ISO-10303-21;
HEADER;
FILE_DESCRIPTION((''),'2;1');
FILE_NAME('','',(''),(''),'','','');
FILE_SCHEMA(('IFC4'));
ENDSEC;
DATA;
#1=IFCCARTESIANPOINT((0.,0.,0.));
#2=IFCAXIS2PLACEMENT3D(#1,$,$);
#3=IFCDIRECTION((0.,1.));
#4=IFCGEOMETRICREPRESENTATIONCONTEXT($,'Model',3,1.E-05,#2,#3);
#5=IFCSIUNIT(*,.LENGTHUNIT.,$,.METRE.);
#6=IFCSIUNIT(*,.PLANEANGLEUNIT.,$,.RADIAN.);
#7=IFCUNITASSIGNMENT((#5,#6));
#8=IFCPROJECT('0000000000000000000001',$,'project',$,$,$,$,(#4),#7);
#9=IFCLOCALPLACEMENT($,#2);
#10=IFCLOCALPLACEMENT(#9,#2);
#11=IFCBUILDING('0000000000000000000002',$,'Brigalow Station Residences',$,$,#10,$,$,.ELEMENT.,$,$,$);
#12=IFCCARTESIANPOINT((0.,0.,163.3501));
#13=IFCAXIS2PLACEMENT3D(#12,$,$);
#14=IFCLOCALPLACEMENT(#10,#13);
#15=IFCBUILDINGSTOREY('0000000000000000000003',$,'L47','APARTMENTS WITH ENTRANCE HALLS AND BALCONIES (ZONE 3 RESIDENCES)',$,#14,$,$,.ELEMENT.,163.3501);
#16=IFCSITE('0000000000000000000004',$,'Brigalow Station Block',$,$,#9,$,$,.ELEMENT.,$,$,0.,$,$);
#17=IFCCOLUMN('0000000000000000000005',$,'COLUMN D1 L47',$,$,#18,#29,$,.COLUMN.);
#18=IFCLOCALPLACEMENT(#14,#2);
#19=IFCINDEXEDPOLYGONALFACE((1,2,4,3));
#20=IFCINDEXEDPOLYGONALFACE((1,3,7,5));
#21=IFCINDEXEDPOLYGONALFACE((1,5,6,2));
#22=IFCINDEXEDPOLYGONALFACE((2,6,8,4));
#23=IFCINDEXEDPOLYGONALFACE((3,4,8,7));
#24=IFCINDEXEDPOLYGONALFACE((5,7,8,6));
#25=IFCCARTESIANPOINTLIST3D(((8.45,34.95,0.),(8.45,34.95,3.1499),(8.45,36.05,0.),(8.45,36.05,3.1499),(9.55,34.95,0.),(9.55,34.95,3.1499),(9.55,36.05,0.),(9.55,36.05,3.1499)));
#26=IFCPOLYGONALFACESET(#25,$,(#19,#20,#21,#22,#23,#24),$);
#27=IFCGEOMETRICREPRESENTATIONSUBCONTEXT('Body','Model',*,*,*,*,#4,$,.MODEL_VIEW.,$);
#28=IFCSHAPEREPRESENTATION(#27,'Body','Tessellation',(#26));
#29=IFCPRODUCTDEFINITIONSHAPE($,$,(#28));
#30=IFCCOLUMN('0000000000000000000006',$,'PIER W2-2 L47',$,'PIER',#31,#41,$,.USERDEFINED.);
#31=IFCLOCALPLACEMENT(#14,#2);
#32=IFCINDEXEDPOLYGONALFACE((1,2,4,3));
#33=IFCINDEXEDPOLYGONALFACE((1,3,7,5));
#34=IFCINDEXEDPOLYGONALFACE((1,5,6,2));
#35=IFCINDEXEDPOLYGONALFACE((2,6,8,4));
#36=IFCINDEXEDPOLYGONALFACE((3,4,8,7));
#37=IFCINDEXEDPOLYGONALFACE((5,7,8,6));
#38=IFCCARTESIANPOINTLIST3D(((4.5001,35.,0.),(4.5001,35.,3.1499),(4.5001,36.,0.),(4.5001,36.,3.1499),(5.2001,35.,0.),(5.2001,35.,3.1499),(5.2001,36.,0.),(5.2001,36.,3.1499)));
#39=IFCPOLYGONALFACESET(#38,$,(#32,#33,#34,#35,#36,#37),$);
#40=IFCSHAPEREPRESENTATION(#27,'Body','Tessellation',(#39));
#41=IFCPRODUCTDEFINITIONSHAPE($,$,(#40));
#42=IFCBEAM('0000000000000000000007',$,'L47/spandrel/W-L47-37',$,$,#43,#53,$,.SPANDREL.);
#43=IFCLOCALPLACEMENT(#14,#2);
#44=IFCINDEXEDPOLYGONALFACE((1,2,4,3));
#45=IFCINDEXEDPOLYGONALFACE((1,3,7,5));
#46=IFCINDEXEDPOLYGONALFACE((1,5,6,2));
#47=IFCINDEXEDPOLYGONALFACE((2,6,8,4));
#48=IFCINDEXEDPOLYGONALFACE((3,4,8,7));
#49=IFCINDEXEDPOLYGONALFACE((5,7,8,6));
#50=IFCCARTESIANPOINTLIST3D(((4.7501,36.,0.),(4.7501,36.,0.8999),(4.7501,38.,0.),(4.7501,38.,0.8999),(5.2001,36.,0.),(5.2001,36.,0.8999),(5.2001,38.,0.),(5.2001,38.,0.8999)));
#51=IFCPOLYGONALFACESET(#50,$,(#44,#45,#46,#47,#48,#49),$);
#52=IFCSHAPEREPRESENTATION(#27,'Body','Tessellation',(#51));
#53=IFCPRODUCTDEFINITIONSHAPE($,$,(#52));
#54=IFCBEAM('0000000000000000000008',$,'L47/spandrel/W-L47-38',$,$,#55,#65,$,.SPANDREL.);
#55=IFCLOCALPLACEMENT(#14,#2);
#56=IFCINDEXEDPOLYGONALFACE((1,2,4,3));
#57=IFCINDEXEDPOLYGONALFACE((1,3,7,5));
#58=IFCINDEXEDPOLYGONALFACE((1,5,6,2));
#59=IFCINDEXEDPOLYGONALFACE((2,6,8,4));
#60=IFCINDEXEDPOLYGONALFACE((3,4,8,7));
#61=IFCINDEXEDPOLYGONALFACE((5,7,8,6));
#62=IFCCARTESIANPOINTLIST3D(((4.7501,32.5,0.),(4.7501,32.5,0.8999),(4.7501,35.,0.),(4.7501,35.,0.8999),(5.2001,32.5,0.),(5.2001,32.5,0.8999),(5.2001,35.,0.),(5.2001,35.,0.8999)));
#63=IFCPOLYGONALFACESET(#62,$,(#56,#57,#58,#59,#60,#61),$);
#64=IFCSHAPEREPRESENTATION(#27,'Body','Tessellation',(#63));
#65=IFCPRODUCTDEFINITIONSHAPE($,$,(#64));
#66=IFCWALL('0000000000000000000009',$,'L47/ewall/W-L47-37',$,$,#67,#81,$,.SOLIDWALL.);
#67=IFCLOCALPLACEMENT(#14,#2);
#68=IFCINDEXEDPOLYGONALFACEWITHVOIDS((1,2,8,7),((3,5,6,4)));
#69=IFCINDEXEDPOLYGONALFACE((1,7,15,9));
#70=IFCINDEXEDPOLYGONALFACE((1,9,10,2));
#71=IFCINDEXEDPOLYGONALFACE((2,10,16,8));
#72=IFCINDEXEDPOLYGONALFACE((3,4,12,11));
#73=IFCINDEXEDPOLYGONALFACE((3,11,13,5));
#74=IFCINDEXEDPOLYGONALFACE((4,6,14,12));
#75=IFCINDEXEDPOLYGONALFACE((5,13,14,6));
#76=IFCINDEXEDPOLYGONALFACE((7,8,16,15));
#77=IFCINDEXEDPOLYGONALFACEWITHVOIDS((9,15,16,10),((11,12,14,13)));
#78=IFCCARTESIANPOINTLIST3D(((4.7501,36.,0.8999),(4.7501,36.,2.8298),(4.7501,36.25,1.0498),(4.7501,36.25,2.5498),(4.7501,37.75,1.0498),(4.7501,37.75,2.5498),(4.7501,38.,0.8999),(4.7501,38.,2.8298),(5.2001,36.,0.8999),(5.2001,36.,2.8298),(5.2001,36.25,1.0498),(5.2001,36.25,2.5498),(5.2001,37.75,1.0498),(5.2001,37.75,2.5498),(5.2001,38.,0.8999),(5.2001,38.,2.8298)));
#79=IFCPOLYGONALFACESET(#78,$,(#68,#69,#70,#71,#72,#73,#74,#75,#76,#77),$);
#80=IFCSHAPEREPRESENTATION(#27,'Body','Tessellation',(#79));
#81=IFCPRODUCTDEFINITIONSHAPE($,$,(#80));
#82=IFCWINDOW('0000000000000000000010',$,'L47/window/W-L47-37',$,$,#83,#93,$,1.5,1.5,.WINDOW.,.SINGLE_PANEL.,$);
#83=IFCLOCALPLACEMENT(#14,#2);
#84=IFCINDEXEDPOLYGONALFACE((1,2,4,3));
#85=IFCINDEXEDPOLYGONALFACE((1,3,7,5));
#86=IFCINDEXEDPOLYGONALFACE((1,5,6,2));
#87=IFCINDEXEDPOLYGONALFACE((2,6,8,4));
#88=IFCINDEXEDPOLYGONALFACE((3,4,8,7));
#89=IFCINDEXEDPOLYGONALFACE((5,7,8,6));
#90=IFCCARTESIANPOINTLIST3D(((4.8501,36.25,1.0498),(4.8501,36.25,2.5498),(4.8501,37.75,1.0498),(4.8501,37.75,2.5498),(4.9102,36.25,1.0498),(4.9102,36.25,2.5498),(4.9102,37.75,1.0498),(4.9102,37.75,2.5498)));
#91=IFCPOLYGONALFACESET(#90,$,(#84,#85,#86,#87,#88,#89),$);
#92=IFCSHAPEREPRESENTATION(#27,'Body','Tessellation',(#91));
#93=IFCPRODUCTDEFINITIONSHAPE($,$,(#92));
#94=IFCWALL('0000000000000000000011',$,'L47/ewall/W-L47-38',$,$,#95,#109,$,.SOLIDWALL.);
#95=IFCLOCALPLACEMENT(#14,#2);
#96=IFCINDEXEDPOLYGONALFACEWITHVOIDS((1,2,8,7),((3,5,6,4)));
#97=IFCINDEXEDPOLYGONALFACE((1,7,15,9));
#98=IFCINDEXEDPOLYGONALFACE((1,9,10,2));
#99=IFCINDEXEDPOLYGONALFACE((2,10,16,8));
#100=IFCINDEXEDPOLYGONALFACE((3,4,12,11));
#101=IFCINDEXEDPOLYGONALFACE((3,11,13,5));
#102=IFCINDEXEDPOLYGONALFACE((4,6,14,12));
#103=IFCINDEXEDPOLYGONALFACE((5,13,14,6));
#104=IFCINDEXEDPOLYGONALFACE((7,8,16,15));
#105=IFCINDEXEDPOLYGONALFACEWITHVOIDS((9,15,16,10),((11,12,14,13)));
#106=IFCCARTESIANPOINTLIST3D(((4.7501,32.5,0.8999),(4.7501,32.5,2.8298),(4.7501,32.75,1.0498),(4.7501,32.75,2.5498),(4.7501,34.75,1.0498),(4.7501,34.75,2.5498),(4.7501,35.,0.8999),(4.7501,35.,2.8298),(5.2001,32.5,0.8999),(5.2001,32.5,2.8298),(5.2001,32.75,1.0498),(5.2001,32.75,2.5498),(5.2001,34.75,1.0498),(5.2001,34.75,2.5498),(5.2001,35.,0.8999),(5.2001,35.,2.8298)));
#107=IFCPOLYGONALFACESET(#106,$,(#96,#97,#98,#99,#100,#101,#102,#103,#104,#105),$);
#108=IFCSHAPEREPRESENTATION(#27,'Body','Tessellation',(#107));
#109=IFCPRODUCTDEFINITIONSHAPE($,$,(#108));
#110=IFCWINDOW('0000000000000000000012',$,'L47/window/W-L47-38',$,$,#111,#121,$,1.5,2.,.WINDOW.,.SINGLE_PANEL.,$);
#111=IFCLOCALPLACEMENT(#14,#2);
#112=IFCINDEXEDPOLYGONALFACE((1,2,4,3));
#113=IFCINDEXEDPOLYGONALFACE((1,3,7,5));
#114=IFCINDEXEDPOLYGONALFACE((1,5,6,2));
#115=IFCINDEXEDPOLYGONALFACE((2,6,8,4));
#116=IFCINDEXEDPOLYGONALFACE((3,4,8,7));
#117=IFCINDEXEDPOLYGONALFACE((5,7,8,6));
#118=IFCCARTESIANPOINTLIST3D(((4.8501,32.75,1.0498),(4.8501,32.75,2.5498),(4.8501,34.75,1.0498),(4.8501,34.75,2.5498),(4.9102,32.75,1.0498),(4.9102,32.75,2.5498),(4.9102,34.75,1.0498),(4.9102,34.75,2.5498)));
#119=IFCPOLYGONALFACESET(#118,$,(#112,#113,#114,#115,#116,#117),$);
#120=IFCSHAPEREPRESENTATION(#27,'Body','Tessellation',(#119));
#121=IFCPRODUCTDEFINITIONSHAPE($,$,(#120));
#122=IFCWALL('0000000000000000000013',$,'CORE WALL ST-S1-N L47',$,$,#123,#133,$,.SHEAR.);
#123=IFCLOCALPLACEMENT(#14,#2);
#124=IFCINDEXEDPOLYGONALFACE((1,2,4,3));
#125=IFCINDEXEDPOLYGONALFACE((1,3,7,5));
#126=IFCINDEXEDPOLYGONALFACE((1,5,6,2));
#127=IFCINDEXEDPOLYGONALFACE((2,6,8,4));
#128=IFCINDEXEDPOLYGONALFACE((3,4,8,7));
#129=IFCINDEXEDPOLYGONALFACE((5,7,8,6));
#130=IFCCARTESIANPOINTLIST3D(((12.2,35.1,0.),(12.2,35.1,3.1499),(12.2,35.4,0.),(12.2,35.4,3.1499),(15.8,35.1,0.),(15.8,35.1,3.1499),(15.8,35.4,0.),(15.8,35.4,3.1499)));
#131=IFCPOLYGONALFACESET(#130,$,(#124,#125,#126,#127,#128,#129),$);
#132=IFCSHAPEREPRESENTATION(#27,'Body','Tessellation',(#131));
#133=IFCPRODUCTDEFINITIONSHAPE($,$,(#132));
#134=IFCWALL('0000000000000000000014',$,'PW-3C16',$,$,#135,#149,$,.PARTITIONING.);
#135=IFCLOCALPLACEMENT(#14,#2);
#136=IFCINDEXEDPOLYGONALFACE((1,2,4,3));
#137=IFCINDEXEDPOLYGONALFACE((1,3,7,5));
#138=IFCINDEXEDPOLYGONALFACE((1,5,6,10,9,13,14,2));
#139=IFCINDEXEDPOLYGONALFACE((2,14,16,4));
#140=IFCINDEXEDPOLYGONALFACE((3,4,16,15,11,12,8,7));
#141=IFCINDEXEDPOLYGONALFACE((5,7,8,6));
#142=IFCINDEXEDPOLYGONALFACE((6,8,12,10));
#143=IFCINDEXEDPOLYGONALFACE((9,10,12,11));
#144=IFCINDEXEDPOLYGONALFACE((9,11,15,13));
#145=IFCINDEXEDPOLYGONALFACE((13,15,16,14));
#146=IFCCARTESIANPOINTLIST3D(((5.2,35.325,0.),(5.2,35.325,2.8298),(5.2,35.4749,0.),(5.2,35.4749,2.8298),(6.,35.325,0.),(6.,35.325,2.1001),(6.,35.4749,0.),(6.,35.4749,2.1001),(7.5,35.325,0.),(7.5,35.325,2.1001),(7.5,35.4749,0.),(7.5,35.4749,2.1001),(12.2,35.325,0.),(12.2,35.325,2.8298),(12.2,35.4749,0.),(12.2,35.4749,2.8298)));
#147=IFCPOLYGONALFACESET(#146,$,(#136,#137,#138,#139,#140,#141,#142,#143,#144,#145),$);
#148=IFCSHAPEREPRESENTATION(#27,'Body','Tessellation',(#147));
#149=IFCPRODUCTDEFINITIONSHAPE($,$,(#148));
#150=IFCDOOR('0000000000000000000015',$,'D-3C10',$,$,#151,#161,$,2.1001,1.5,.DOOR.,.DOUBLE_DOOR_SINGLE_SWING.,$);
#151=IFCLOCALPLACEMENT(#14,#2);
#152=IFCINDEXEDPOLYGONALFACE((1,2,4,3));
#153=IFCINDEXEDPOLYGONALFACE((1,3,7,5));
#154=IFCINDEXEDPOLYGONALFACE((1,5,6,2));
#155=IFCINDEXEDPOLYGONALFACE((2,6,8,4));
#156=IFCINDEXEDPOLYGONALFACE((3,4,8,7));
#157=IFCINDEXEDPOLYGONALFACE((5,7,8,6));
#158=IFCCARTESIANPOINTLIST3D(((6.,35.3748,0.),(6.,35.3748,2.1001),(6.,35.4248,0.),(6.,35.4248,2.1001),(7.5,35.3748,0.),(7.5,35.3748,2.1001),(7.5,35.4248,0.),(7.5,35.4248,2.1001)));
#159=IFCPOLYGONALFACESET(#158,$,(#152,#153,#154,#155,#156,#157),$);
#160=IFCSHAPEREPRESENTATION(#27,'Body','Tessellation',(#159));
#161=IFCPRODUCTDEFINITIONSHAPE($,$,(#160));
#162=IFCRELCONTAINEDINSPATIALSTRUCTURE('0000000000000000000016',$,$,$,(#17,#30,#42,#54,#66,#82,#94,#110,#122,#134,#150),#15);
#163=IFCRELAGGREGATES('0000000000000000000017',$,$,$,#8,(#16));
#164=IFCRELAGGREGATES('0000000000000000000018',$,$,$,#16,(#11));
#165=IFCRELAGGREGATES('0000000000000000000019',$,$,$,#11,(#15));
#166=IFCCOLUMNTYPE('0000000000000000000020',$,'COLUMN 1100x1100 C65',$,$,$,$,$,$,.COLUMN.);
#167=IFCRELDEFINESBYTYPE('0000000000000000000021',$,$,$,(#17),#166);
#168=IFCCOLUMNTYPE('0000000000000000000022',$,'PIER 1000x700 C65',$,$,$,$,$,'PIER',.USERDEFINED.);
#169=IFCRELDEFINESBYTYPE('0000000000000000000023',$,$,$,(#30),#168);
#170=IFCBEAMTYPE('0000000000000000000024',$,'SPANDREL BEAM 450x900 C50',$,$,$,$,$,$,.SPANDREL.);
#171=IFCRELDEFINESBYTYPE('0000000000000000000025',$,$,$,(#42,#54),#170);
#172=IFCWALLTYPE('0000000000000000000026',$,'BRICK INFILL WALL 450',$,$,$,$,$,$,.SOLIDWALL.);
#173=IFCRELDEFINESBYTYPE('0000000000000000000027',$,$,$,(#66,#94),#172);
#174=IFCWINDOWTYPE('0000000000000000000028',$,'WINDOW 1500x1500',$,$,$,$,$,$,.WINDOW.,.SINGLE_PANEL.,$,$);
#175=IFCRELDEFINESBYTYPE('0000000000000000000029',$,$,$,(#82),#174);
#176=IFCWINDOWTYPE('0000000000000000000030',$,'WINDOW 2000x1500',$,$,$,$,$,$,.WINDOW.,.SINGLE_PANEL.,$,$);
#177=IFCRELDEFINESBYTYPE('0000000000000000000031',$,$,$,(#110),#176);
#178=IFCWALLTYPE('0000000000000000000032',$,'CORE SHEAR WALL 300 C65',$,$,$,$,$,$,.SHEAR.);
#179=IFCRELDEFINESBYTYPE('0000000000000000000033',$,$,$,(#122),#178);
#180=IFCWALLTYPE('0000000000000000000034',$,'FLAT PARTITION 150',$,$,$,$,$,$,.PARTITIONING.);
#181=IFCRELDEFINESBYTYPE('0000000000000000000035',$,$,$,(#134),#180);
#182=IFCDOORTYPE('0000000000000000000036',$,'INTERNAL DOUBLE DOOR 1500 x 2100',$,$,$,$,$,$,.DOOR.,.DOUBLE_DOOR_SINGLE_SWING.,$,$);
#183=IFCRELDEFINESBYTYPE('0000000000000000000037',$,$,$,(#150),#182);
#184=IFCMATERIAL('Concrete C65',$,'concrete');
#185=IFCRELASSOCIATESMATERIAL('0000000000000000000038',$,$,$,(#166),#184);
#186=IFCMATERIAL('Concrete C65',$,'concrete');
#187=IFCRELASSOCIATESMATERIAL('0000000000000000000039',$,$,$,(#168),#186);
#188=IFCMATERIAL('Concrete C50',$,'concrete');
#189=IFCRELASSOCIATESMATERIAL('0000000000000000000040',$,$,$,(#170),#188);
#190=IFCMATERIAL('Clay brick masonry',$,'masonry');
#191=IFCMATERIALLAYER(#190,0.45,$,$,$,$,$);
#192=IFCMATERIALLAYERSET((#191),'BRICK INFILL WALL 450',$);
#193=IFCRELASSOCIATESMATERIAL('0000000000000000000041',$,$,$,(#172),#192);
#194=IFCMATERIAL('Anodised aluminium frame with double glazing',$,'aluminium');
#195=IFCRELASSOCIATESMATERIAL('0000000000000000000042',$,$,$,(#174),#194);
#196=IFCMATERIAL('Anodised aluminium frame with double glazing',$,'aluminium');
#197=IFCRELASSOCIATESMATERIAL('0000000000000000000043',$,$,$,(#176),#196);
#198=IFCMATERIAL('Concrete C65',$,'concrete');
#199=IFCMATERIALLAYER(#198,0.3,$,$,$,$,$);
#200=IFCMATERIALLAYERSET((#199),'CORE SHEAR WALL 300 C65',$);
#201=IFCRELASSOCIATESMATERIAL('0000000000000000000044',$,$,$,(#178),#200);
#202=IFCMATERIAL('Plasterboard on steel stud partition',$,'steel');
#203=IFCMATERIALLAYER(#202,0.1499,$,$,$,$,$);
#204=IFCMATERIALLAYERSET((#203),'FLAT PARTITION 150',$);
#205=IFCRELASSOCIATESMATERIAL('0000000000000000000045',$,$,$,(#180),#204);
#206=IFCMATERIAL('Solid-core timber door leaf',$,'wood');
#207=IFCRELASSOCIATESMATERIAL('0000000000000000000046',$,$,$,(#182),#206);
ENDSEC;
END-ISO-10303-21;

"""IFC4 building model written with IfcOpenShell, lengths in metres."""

from ifc_helpers import new_model, si_unit, direction, frame, frame_2d, origin, origin_2d, place, context, subcontext, project, spatial, rectangle, extrude, material, layer, layer_set, material_profile, profile_set, type_object, element, fill, save


model = new_model("IFC4")

# Units and contexts
model_context = context("Model", 3, precision=1e-05, world=origin(), true_north=direction((0.0, 1.0)))
body_context = subcontext(model_context, "Body", "Model", "MODEL_VIEW")
ifc_project = project(units=[si_unit("LENGTHUNIT", "METRE"), si_unit("PLANEANGLEUNIT", "RADIAN")], contexts=[model_context])

# Site, building, storey
site_placement = place(None, origin())
site = spatial("IfcSite", under=ifc_project, at=site_placement, Name="Brigalow Station Block", CompositionType="ELEMENT", RefElevation=0.0)
building_placement = place(site_placement, origin())
building = spatial("IfcBuilding", under=site, at=building_placement, Name="Brigalow Station Residences", CompositionType="ELEMENT")
storey_placement = place(building_placement, frame((0.0, 0.0, 163.3501)))
storey = spatial("IfcBuildingStorey", under=building, at=storey_placement, Name="L47", Description="APARTMENTS WITH ENTRANCE HALLS AND BALCONIES (ZONE 3 RESIDENCES)", CompositionType="ELEMENT", Elevation=163.3501)

# Columns
ifc_material_1 = material(Name="Concrete C65", Category="concrete")
ifc_material_profile_1 = material_profile(ifc_material_1, rectangle(XDim=1.1001, YDim=1.1001, at=origin_2d()), Name="RC1100x1100")
ifc_profile_set_1 = profile_set([ifc_material_profile_1], Name="Concrete C65")
column_type_1 = type_object("IfcColumnType", Name="COLUMN 1100x1100 C65", PredefinedType="COLUMN", material=ifc_profile_set_1)
column_1_placement = place(storey_placement, frame((9.0, 35.5, 0.0), z_axis=(0.0, 0.0, 1.0), x_axis=(1.0, 0.0, 0.0)))
element("IfcColumn", 1, at=column_1_placement, inside=storey, type_object=column_type_1, Name="COLUMN D1 L47", PredefinedType="COLUMN", context=body_context, shape_type="SweptSolid", body=[
    extrude(rectangle(XDim=1.1001, YDim=1.1001, at=origin_2d()), origin(), (0.0, 0.0, 1.0), 3.1499),
])
ifc_material_2 = material(Name="Concrete C65", Category="concrete")
ifc_material_profile_2 = material_profile(ifc_material_2, rectangle(XDim=1.0, YDim=0.7, at=origin_2d()), Name="RC1000x700")
ifc_profile_set_2 = profile_set([ifc_material_profile_2], Name="Concrete C65")
column_type_2 = type_object("IfcColumnType", Name="PIER 1000x700 C65", ElementType="PIER", PredefinedType="USERDEFINED", material=ifc_profile_set_2)
column_2_placement = place(storey_placement, frame((4.8501, 35.5, 0.0), z_axis=(0.0, 0.0, 1.0), x_axis=(0.0, -1.0, 0.0)))
element("IfcColumn", 2, at=column_2_placement, inside=storey, type_object=column_type_2, Name="PIER W2-2 L47", ObjectType="PIER", PredefinedType="USERDEFINED", context=body_context, shape_type="SweptSolid", body=[
    extrude(rectangle(XDim=1.0, YDim=0.7, at=origin_2d()), origin(), (0.0, 0.0, 1.0), 3.1499),
])

# Beams
ifc_material_3 = material(Name="Concrete C50", Category="concrete")
ifc_material_profile_3 = material_profile(ifc_material_3, rectangle(XDim=0.45, YDim=0.8999, at=origin_2d()), Name="RC450x900")
ifc_profile_set_3 = profile_set([ifc_material_profile_3], Name="Concrete C50")
beam_type = type_object("IfcBeamType", Name="SPANDREL BEAM 450x900 C50", PredefinedType="SPANDREL", material=ifc_profile_set_3)
beam_1_placement = place(storey_placement, frame((4.9751, 38.0, 0.45), z_axis=(0.0, -1.0, 0.0), x_axis=(1.0, 0.0, 0.0)))
element("IfcBeam", 3, at=beam_1_placement, inside=storey, type_object=beam_type, Name="L47/spandrel/W-L47-37", PredefinedType="SPANDREL", context=body_context, shape_type="SweptSolid", body=[
    extrude(rectangle(XDim=0.45, YDim=0.8999, at=origin_2d()), origin(), (0.0, 0.0, 1.0), 2.0),
])
beam_2_placement = place(storey_placement, frame((4.9751, 35.0, 0.45), z_axis=(0.0, -1.0, 0.0), x_axis=(1.0, 0.0, 0.0)))
element("IfcBeam", 4, at=beam_2_placement, inside=storey, type_object=beam_type, Name="L47/spandrel/W-L47-38", PredefinedType="SPANDREL", context=body_context, shape_type="SweptSolid", body=[
    extrude(rectangle(XDim=0.45, YDim=0.8999, at=origin_2d()), origin(), (0.0, 0.0, 1.0), 2.5),
])

# Walls, openings, windows
ifc_material_4 = material(Name="Clay brick masonry", Category="masonry")
ifc_layer_1 = layer(ifc_material_4, 0.45)
ifc_layer_set_1 = layer_set([ifc_layer_1], Name="BRICK INFILL WALL 450")
wall_type_1 = type_object("IfcWallType", Name="BRICK INFILL WALL 450", PredefinedType="SOLIDWALL", material=ifc_layer_set_1)
wall_1_placement = place(storey_placement, frame((4.9751, 38.0, 0.8999), z_axis=(0.0, 0.0, 1.0), x_axis=(0.0, -1.0, 0.0)))
wall_1 = element("IfcWall", 5, at=wall_1_placement, inside=storey, type_object=wall_type_1, Name="L47/ewall/W-L47-37", PredefinedType="SOLIDWALL", context=body_context, shape_type="SweptSolid", body=[
    extrude(rectangle(XDim=2.0, YDim=0.45, at=frame_2d((1.0, 0.0))), origin(), (0.0, 0.0, 1.0), 1.9299),
])
opening_1_placement = place(wall_1_placement, frame((0.25, 0.0, 0.1499)))
opening_1 = element("IfcOpeningElement", 6, at=opening_1_placement, cuts=wall_1, PredefinedType="OPENING", context=body_context, shape_type="SweptSolid", body=[
    extrude(rectangle(XDim=1.5, YDim=1.5, at=frame_2d((0.75, 0.75))), frame((0.0, 0.2349, 0.0), z_axis=(0.0, -1.0, 0.0), x_axis=(1.0, 0.0, 0.0)), (0.0, 0.0, 1.0), 0.47),
])
ifc_material_5 = material(Name="Anodised aluminium frame with double glazing", Category="aluminium")
window_type_1 = type_object("IfcWindowType", Name="WINDOW 1500x1500", PartitioningType="SINGLE_PANEL", PredefinedType="WINDOW", material=ifc_material_5)
window_1_placement = place(opening_1_placement, origin())
window_1 = element("IfcWindow", 7, at=window_1_placement, inside=storey, type_object=window_type_1, Name="L47/window/W-L47-37", OverallHeight=1.5, OverallWidth=1.5, PartitioningType="SINGLE_PANEL", PredefinedType="WINDOW", context=body_context, shape_type="SweptSolid", body=[
    extrude(rectangle(XDim=1.5, YDim=1.5, at=frame_2d((0.75, 0.75))), frame((0.0, -0.0649, 0.0), z_axis=(0.0, -1.0, 0.0), x_axis=(1.0, 0.0, 0.0)), (0.0, 0.0, 1.0), 0.0601),
])
fill(opening_1, window_1)
wall_2_placement = place(storey_placement, frame((4.9751, 35.0, 0.8999), z_axis=(0.0, 0.0, 1.0), x_axis=(0.0, -1.0, 0.0)))
wall_2 = element("IfcWall", 8, at=wall_2_placement, inside=storey, type_object=wall_type_1, Name="L47/ewall/W-L47-38", PredefinedType="SOLIDWALL", context=body_context, shape_type="SweptSolid", body=[
    extrude(rectangle(XDim=2.5, YDim=0.45, at=frame_2d((1.25, 0.0))), origin(), (0.0, 0.0, 1.0), 1.9299),
])
opening_2_placement = place(wall_2_placement, frame((0.25, 0.0, 0.1499)))
opening_2 = element("IfcOpeningElement", 9, at=opening_2_placement, cuts=wall_2, PredefinedType="OPENING", context=body_context, shape_type="SweptSolid", body=[
    extrude(rectangle(XDim=2.0, YDim=1.5, at=frame_2d((1.0, 0.75))), frame((0.0, 0.2349, 0.0), z_axis=(0.0, -1.0, 0.0), x_axis=(1.0, 0.0, 0.0)), (0.0, 0.0, 1.0), 0.47),
])
ifc_material_6 = material(Name="Anodised aluminium frame with double glazing", Category="aluminium")
window_type_2 = type_object("IfcWindowType", Name="WINDOW 2000x1500", PartitioningType="SINGLE_PANEL", PredefinedType="WINDOW", material=ifc_material_6)
window_2_placement = place(opening_2_placement, origin())
window_2 = element("IfcWindow", 10, at=window_2_placement, inside=storey, type_object=window_type_2, Name="L47/window/W-L47-38", OverallHeight=1.5, OverallWidth=2.0, PartitioningType="SINGLE_PANEL", PredefinedType="WINDOW", context=body_context, shape_type="SweptSolid", body=[
    extrude(rectangle(XDim=2.0, YDim=1.5, at=frame_2d((1.0, 0.75))), frame((0.0, -0.0649, 0.0), z_axis=(0.0, -1.0, 0.0), x_axis=(1.0, 0.0, 0.0)), (0.0, 0.0, 1.0), 0.0601),
])
fill(opening_2, window_2)

# Wall
ifc_material_7 = material(Name="Concrete C65", Category="concrete")
ifc_layer_2 = layer(ifc_material_7, 0.3)
ifc_layer_set_2 = layer_set([ifc_layer_2], Name="CORE SHEAR WALL 300 C65")
wall_type_2 = type_object("IfcWallType", Name="CORE SHEAR WALL 300 C65", PredefinedType="SHEAR", material=ifc_layer_set_2)
wall_3_placement = place(storey_placement, frame((12.2, 35.25, 0.0), z_axis=(0.0, 0.0, 1.0), x_axis=(1.0, 0.0, 0.0)))
element("IfcWall", 11, at=wall_3_placement, inside=storey, type_object=wall_type_2, Name="CORE WALL ST-S1-N L47", PredefinedType="SHEAR", context=body_context, shape_type="SweptSolid", body=[
    extrude(rectangle(XDim=3.6001, YDim=0.3, at=frame_2d((1.8, 0.0))), origin(), (0.0, 0.0, 1.0), 3.1499),
])

# Wall, opening, door
ifc_material_8 = material(Name="Plasterboard on steel stud partition", Category="steel")
ifc_layer_3 = layer(ifc_material_8, 0.1499)
ifc_layer_set_3 = layer_set([ifc_layer_3], Name="FLAT PARTITION 150")
wall_type_3 = type_object("IfcWallType", Name="FLAT PARTITION 150", PredefinedType="PARTITIONING", material=ifc_layer_set_3)
wall_4_placement = place(storey_placement, frame((5.2, 35.3999, 0.0), z_axis=(0.0, 0.0, 1.0), x_axis=(1.0, 0.0, 0.0)))
wall_4 = element("IfcWall", 12, at=wall_4_placement, inside=storey, type_object=wall_type_3, Name="PW-3C16", PredefinedType="PARTITIONING", context=body_context, shape_type="SweptSolid", body=[
    extrude(rectangle(XDim=7.0, YDim=0.1499, at=frame_2d((3.5, 0.0))), origin(), (0.0, 0.0, 1.0), 2.8298),
])
opening_3_placement = place(wall_4_placement, frame((0.8, 0.0, 0.0)))
opening_3 = element("IfcOpeningElement", 13, at=opening_3_placement, cuts=wall_4, PredefinedType="OPENING", context=body_context, shape_type="SweptSolid", body=[
    extrude(rectangle(XDim=1.5, YDim=2.1001, at=frame_2d((0.75, 1.05))), frame((0.0, 0.085, 0.0), z_axis=(0.0, -1.0, 0.0), x_axis=(1.0, 0.0, 0.0)), (0.0, 0.0, 1.0), 0.1699),
])
ifc_material_9 = material(Name="Solid-core timber door leaf", Category="wood")
door_type = type_object("IfcDoorType", Name="INTERNAL DOUBLE DOOR 1500 x 2100", OperationType="DOUBLE_DOOR_SINGLE_SWING", PredefinedType="DOOR", material=ifc_material_9)
door_1_placement = place(opening_3_placement, origin())
door_1 = element("IfcDoor", 14, at=door_1_placement, inside=storey, type_object=door_type, Name="D-3C10", OperationType="DOUBLE_DOOR_SINGLE_SWING", OverallHeight=2.1001, OverallWidth=1.5, PredefinedType="DOOR", context=body_context, shape_type="SweptSolid", body=[
    extrude(rectangle(XDim=1.5, YDim=2.1001, at=frame_2d((0.75, 1.05))), frame((0.0, 0.0249, 0.0), z_axis=(0.0, -1.0, 0.0), x_axis=(1.0, 0.0, 0.0)), (0.0, 0.0, 1.0), 0.05),
])
fill(opening_3, door_1)

save(model, "model.ifc")
